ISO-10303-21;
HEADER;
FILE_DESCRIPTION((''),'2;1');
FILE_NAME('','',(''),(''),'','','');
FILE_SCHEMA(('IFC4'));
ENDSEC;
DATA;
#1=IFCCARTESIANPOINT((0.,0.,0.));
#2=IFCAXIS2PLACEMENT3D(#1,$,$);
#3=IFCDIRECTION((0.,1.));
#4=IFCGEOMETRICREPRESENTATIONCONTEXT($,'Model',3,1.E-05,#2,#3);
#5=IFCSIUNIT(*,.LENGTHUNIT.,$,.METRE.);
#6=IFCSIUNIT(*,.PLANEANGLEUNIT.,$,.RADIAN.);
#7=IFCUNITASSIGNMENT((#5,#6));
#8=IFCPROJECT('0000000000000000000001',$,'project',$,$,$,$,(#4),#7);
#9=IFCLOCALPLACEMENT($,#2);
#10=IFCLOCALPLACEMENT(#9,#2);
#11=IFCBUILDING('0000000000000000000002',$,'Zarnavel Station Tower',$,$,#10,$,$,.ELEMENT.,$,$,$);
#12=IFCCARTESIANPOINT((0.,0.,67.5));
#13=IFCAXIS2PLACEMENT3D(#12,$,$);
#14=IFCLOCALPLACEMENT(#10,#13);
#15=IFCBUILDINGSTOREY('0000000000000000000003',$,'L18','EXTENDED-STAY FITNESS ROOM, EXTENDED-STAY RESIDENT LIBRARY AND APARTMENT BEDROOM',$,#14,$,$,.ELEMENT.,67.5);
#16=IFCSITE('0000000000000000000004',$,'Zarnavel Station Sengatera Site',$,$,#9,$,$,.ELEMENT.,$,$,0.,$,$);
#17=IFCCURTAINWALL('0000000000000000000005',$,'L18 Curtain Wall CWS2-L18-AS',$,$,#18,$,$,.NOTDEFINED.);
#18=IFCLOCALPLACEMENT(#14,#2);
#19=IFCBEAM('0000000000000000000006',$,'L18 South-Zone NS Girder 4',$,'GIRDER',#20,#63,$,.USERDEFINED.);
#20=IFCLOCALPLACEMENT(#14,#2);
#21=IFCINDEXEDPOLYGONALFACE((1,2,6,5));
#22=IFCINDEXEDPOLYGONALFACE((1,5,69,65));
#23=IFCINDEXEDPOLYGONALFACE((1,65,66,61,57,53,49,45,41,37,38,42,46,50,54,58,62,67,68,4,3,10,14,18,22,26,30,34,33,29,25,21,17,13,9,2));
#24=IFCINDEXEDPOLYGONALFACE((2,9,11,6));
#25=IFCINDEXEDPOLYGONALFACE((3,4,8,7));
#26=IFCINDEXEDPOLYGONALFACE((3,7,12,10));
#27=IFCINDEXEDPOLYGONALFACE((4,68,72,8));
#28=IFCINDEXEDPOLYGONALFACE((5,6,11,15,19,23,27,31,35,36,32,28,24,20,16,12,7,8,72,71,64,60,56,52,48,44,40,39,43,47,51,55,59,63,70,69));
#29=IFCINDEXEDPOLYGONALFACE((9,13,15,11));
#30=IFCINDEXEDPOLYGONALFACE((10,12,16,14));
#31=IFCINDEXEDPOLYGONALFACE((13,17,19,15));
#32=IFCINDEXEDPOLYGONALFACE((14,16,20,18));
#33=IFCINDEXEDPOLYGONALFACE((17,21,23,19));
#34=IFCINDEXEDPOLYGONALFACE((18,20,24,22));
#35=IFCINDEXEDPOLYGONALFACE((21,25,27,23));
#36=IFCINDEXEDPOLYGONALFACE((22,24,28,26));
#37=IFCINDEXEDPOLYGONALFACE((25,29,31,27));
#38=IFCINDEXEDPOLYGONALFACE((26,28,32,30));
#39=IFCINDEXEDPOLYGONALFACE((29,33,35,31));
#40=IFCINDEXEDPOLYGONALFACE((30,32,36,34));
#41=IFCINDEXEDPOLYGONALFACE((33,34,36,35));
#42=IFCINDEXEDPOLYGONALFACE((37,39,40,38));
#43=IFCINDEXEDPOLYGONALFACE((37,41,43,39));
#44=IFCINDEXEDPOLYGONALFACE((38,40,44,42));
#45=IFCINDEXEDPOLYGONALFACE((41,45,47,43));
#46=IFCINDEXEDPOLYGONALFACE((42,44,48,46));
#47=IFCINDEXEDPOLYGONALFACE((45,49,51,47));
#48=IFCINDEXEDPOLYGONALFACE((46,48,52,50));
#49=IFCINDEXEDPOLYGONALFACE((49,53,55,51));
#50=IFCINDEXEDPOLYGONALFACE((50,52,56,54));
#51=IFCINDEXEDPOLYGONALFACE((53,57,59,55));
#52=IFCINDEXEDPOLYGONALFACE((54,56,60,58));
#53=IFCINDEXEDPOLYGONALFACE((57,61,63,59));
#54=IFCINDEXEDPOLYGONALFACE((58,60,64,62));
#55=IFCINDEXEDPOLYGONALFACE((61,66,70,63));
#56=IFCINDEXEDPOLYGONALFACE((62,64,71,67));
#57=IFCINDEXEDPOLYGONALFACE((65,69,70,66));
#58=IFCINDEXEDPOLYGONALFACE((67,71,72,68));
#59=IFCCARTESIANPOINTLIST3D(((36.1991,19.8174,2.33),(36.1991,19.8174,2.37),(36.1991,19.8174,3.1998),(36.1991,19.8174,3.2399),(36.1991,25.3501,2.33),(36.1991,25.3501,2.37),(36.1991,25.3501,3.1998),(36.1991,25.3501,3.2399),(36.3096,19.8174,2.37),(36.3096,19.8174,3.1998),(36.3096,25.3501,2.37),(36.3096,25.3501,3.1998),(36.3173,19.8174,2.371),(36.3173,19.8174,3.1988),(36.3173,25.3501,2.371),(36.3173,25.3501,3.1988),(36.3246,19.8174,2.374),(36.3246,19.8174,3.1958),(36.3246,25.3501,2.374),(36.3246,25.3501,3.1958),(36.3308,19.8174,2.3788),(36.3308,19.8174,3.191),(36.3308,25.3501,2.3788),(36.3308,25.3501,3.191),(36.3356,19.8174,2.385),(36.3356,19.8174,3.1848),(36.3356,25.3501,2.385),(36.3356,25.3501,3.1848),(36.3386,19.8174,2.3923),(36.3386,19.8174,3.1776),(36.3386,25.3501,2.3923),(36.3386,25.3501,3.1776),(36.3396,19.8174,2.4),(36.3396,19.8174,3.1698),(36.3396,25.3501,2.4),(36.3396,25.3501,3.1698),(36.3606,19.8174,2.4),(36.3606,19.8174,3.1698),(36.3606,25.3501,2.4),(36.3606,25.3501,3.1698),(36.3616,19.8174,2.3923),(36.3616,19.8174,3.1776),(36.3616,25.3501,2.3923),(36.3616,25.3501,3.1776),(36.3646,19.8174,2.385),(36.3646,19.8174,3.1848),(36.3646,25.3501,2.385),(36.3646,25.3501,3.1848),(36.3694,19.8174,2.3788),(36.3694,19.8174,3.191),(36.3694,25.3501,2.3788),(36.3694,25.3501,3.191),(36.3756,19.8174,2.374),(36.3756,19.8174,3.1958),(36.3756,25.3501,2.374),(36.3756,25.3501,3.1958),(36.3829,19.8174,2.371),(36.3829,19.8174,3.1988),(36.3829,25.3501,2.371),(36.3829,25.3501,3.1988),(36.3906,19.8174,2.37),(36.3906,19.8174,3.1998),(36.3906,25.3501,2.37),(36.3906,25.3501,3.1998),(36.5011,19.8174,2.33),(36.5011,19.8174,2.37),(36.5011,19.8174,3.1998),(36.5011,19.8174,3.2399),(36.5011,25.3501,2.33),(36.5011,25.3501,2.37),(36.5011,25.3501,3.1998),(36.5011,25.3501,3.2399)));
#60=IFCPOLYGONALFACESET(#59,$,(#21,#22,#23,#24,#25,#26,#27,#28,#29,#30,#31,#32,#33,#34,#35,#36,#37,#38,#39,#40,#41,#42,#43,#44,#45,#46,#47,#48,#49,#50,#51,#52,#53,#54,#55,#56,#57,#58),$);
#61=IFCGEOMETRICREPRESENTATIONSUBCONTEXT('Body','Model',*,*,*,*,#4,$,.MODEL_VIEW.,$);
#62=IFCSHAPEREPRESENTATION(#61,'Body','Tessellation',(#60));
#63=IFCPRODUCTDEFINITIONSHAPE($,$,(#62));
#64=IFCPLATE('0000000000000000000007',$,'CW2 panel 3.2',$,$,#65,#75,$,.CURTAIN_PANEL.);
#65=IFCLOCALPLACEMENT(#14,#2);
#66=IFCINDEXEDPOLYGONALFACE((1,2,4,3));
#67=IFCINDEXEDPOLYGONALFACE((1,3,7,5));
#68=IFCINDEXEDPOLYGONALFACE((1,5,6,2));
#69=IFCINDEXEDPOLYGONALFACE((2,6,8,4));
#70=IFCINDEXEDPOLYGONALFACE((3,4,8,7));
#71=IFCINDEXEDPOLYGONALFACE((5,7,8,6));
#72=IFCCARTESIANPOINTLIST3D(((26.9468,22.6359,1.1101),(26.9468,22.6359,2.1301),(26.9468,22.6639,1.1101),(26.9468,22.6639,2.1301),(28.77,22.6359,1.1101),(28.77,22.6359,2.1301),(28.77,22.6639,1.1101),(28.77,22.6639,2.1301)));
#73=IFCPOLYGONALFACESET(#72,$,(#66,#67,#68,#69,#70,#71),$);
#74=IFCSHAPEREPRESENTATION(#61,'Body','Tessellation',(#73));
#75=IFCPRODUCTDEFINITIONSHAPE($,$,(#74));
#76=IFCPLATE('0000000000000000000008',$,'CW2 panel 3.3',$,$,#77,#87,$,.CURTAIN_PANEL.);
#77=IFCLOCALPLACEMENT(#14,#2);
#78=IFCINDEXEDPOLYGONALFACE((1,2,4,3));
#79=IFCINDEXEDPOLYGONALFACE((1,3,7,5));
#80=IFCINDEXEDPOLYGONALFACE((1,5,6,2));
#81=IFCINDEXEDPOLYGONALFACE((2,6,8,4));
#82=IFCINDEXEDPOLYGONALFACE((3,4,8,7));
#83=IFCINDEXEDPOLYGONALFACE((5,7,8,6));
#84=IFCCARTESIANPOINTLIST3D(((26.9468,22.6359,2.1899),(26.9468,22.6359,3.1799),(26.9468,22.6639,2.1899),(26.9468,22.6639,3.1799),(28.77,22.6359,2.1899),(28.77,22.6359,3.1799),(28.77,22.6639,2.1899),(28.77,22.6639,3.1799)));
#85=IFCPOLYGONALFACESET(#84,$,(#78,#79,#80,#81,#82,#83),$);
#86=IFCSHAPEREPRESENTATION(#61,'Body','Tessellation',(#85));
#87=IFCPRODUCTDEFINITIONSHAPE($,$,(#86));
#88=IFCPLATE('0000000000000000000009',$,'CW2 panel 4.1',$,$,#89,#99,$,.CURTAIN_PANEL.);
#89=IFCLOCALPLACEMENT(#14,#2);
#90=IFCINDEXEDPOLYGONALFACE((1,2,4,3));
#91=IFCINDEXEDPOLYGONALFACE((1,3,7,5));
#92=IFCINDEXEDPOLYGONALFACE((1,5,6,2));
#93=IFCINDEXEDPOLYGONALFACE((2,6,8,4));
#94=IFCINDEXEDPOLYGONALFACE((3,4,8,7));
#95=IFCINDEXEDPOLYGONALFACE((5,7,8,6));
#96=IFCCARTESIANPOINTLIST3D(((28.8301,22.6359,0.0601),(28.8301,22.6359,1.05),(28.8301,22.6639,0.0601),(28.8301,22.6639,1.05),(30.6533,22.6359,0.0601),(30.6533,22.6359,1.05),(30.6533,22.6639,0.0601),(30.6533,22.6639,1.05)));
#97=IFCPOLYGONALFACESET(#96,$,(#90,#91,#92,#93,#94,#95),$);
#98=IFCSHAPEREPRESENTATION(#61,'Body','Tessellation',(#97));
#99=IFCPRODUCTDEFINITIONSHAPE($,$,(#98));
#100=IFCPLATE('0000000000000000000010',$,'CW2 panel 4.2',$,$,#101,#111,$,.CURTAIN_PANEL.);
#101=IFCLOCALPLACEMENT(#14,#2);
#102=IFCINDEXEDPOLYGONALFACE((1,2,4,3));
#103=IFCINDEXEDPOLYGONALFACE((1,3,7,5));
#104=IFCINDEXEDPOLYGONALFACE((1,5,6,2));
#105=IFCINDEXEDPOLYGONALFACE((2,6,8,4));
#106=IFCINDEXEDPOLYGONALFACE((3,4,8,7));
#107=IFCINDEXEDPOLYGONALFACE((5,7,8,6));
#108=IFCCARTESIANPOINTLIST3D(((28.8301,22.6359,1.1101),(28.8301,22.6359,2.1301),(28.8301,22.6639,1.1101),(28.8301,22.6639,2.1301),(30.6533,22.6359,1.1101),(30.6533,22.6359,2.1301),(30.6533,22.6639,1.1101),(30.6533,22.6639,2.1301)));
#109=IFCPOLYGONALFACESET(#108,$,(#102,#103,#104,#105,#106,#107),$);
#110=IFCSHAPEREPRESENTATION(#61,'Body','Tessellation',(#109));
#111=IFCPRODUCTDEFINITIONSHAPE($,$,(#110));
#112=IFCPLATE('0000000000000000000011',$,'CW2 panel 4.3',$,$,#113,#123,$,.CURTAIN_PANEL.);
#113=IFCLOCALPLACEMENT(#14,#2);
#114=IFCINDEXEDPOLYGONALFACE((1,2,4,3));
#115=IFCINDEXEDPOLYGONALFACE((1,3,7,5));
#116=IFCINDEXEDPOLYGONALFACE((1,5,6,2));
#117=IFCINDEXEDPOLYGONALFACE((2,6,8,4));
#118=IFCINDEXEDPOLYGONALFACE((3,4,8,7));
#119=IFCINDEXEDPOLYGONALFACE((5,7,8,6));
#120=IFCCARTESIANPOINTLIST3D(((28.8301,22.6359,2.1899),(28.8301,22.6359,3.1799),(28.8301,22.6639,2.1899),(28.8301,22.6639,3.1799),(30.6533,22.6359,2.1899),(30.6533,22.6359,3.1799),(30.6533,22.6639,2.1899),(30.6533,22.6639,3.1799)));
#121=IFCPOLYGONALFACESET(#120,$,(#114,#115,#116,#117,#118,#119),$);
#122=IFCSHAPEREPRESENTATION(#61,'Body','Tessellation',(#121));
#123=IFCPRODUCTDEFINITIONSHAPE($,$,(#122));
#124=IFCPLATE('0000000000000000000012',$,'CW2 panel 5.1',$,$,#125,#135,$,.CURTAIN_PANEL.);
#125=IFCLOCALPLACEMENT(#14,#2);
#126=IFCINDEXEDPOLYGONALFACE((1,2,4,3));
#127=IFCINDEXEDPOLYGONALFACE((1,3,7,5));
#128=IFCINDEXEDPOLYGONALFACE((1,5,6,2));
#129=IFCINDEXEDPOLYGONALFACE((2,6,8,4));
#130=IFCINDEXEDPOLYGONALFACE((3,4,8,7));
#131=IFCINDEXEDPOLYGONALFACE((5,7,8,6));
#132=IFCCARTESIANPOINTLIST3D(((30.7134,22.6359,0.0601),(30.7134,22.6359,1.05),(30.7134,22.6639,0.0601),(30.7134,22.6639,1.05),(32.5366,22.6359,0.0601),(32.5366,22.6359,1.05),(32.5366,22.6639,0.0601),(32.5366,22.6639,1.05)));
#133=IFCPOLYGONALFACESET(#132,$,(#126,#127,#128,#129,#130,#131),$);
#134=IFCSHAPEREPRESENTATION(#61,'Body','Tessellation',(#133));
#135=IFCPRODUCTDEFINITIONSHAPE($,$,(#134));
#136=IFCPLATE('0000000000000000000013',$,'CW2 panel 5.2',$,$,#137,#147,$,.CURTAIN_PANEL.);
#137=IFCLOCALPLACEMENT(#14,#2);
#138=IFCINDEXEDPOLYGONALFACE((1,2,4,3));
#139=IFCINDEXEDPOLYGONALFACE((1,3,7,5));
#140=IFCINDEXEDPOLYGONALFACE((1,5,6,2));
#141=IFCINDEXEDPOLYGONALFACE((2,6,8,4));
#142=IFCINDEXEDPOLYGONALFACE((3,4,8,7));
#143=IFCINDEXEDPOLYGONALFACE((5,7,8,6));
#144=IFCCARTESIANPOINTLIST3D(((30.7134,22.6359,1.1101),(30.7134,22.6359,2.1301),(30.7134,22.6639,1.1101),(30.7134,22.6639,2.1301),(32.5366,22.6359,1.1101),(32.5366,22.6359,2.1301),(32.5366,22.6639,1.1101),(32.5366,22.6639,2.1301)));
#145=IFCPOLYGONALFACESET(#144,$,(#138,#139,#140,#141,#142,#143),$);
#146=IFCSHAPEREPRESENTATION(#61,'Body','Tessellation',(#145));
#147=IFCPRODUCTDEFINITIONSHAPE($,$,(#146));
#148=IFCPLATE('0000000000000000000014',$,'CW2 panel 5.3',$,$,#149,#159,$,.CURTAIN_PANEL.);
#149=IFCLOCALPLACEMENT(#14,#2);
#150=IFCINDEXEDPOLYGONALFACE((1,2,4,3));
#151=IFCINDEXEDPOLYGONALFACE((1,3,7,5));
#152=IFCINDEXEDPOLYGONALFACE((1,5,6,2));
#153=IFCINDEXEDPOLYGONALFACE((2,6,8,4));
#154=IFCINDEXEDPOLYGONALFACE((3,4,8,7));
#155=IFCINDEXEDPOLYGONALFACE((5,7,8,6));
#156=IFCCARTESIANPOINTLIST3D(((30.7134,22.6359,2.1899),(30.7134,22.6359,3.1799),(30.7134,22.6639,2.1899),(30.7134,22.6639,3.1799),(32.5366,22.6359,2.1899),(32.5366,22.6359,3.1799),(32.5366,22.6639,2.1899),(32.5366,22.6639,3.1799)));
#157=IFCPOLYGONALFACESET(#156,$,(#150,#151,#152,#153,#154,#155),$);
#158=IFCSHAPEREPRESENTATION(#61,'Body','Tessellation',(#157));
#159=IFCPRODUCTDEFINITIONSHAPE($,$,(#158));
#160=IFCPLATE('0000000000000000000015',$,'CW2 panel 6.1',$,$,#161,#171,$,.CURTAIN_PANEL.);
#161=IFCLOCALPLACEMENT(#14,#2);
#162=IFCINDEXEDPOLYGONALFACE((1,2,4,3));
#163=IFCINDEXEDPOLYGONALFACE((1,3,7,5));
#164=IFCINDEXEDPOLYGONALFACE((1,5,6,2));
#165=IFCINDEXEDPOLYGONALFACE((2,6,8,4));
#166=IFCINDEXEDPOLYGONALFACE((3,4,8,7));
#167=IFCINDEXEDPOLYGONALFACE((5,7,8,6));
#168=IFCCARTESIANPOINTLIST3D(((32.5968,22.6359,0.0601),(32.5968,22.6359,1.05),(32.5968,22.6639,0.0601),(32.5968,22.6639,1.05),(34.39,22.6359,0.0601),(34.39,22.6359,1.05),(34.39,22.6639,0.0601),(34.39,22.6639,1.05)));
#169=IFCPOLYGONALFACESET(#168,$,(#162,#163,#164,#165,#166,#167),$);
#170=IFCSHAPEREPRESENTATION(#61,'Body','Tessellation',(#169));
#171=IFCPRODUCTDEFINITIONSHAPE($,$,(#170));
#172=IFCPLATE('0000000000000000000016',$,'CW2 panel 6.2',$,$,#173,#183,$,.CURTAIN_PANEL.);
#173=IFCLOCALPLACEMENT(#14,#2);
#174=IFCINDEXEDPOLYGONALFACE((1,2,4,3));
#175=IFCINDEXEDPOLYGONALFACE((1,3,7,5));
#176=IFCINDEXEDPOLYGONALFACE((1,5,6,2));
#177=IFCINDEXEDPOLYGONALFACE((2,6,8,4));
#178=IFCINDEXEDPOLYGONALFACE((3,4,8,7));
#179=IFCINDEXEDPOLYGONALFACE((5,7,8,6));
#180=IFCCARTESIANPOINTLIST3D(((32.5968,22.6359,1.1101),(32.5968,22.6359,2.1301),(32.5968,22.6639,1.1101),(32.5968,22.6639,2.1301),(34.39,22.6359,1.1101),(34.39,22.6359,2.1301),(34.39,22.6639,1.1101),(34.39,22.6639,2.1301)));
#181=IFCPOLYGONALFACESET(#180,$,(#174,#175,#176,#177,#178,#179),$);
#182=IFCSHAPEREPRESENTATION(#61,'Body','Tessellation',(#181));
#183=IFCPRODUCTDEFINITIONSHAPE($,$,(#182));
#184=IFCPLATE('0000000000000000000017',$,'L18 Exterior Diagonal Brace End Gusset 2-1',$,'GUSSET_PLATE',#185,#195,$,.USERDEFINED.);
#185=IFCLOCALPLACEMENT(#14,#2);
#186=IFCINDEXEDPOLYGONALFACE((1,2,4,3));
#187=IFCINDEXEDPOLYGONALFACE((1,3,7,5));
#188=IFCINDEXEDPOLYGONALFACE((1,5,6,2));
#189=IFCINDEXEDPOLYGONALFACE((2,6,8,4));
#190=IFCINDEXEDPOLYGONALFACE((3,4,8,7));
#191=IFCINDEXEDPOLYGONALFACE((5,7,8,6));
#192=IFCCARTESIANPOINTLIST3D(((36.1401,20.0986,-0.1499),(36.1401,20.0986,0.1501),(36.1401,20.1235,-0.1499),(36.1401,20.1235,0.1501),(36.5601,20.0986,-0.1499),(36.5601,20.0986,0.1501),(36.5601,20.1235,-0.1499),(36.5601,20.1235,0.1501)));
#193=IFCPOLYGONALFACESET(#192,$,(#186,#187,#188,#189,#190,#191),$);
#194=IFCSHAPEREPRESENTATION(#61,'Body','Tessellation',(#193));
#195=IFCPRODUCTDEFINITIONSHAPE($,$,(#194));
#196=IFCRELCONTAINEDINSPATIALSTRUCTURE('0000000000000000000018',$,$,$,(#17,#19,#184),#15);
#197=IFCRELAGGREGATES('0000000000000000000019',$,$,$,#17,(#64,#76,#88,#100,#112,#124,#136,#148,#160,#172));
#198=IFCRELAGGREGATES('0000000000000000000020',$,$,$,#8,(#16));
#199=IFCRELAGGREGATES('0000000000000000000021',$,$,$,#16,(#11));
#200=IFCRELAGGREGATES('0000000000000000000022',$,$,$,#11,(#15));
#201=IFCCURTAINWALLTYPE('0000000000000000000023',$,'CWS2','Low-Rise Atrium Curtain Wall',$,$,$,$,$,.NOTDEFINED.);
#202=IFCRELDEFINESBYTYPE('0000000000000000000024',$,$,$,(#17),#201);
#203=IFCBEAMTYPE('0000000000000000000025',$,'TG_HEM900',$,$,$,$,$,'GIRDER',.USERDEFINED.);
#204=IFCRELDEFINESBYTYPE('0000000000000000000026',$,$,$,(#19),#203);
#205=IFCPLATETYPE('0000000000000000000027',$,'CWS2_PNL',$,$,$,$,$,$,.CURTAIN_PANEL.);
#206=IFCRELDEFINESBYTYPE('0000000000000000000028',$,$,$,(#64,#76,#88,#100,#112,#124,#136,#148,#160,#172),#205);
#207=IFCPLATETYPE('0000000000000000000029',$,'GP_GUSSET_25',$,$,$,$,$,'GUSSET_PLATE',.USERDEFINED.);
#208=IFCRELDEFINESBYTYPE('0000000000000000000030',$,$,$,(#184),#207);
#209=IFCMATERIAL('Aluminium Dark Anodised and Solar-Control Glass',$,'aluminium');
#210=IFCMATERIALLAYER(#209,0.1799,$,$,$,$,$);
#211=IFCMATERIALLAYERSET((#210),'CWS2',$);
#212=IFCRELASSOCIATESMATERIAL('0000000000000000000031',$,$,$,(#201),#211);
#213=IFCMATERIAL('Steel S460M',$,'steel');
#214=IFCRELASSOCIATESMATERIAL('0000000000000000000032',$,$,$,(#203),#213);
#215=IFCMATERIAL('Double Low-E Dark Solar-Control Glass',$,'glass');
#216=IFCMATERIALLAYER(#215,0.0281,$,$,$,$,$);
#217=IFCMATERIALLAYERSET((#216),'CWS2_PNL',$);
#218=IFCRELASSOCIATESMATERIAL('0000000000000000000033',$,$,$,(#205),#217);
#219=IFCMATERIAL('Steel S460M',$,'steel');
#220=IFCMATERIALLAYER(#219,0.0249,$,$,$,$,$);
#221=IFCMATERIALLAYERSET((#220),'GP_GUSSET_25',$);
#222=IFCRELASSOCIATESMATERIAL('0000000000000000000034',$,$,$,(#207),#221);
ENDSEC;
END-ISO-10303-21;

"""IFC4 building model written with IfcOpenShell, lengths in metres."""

from ifc_helpers import new_model, si_unit, direction, frame, origin, origin_2d, place, context, subcontext, project, spatial, rectangle, i_section, extrude, material, layer, layer_set, material_profile, profile_set, type_object, element, aggregate, save


model = new_model("IFC4")

# Units and contexts
model_context = context("Model", 3, precision=1e-05, world=origin(), true_north=direction((0.0, 1.0)))
body_context = subcontext(model_context, "Body", "Model", "MODEL_VIEW")
ifc_project = project(units=[si_unit("LENGTHUNIT", "METRE"), si_unit("PLANEANGLEUNIT", "RADIAN")], contexts=[model_context])

# Site, building, storey
site_placement = place(None, origin())
site = spatial("IfcSite", under=ifc_project, at=site_placement, Name="Zarnavel Station Sengatera Site", CompositionType="ELEMENT", RefElevation=0.0)
building_placement = place(site_placement, origin())
building = spatial("IfcBuilding", under=site, at=building_placement, Name="Zarnavel Station Tower", CompositionType="ELEMENT")
storey_placement = place(building_placement, frame((0.0, 0.0, 67.5)))
storey = spatial("IfcBuildingStorey", under=building, at=storey_placement, Name="L18", Description="EXTENDED-STAY FITNESS ROOM, EXTENDED-STAY RESIDENT LIBRARY AND APARTMENT BEDROOM", CompositionType="ELEMENT", Elevation=67.5)

# Curtain wall
ifc_material_1 = material(Name="Aluminium Dark Anodised and Solar-Control Glass", Category="aluminium")
ifc_layer_1 = layer(ifc_material_1, 0.1799)
ifc_layer_set_1 = layer_set([ifc_layer_1], Name="CWS2")
curtain_wall_type = type_object("IfcCurtainWallType", Name="CWS2", Description="Low-Rise Atrium Curtain Wall", PredefinedType="NOTDEFINED", material=ifc_layer_set_1)
curtain_wall_placement = place(storey_placement, origin())
curtain_wall = element("IfcCurtainWall", 1, at=curtain_wall_placement, inside=storey, type_object=curtain_wall_type, Name="L18 Curtain Wall CWS2-L18-AS", PredefinedType="NOTDEFINED")

# Beam
ifc_material_2 = material(Name="Steel S460M", Category="steel")
ifc_material_profile_1 = material_profile(ifc_material_2, i_section(OverallWidth=0.302, OverallDepth=0.9099, WebThickness=0.021, FlangeThickness=0.04, FilletRadius=0.03, at=origin_2d()), Name="HEM900")
ifc_profile_set_1 = profile_set([ifc_material_profile_1], Name="Steel S460M")
beam_type_1 = type_object("IfcBeamType", Name="TG_HEM900", ElementType="GIRDER", PredefinedType="USERDEFINED", material=ifc_profile_set_1)
beam_1_placement = place(storey_placement, frame((36.3501, 19.8174, 2.7849), z_axis=(0.0, 1.0, 0.0), x_axis=(-1.0, 0.0, 0.0)))
element("IfcBeam", 2, at=beam_1_placement, inside=storey, type_object=beam_type_1, Name="L18 South-Zone NS Girder 4", ObjectType="GIRDER", PredefinedType="USERDEFINED", context=body_context, shape_type="SweptSolid", body=[
    extrude(i_section(OverallWidth=0.302, OverallDepth=0.9099, WebThickness=0.021, FlangeThickness=0.04, FilletRadius=0.03, at=origin_2d()), origin(), (0.0, 0.0, 1.0), 5.5327),
])

# Plates
ifc_material_3 = material(Name="Double Low-E Dark Solar-Control Glass", Category="glass")
ifc_layer_2 = layer(ifc_material_3, 0.0281)
ifc_layer_set_2 = layer_set([ifc_layer_2], Name="CWS2_PNL")
plate_type_1 = type_object("IfcPlateType", Name="CWS2_PNL", PredefinedType="CURTAIN_PANEL", material=ifc_layer_set_2)
plate_1_placement = place(storey_placement, frame((27.8584, 22.6499, 1.1101), z_axis=(0.0, 0.0, 1.0), x_axis=(1.0, 0.0, 0.0)))
plate_1 = element("IfcPlate", 3, at=plate_1_placement, type_object=plate_type_1, Name="CW2 panel 3.2", PredefinedType="CURTAIN_PANEL", context=body_context, shape_type="SweptSolid", body=[
    extrude(rectangle(XDim=1.8232, YDim=0.0281, at=origin_2d()), origin(), (0.0, 0.0, 1.0), 1.02),
])
plate_2_placement = place(storey_placement, frame((27.8584, 22.6499, 2.1899), z_axis=(0.0, 0.0, 1.0), x_axis=(1.0, 0.0, 0.0)))
plate_2 = element("IfcPlate", 4, at=plate_2_placement, type_object=plate_type_1, Name="CW2 panel 3.3", PredefinedType="CURTAIN_PANEL", context=body_context, shape_type="SweptSolid", body=[
    extrude(rectangle(XDim=1.8232, YDim=0.0281, at=origin_2d()), origin(), (0.0, 0.0, 1.0), 0.99),
])
plate_3_placement = place(storey_placement, frame((29.7417, 22.6499, 0.0601), z_axis=(0.0, 0.0, 1.0), x_axis=(1.0, 0.0, 0.0)))
plate_3 = element("IfcPlate", 5, at=plate_3_placement, type_object=plate_type_1, Name="CW2 panel 4.1", PredefinedType="CURTAIN_PANEL", context=body_context, shape_type="SweptSolid", body=[
    extrude(rectangle(XDim=1.8232, YDim=0.0281, at=origin_2d()), origin(), (0.0, 0.0, 1.0), 0.99),
])
plate_4_placement = place(storey_placement, frame((29.7417, 22.6499, 1.1101), z_axis=(0.0, 0.0, 1.0), x_axis=(1.0, 0.0, 0.0)))
plate_4 = element("IfcPlate", 6, at=plate_4_placement, type_object=plate_type_1, Name="CW2 panel 4.2", PredefinedType="CURTAIN_PANEL", context=body_context, shape_type="SweptSolid", body=[
    extrude(rectangle(XDim=1.8232, YDim=0.0281, at=origin_2d()), origin(), (0.0, 0.0, 1.0), 1.02),
])
plate_5_placement = place(storey_placement, frame((29.7417, 22.6499, 2.1899), z_axis=(0.0, 0.0, 1.0), x_axis=(1.0, 0.0, 0.0)))
plate_5 = element("IfcPlate", 7, at=plate_5_placement, type_object=plate_type_1, Name="CW2 panel 4.3", PredefinedType="CURTAIN_PANEL", context=body_context, shape_type="SweptSolid", body=[
    extrude(rectangle(XDim=1.8232, YDim=0.0281, at=origin_2d()), origin(), (0.0, 0.0, 1.0), 0.99),
])
plate_6_placement = place(storey_placement, frame((31.625, 22.6499, 0.0601), z_axis=(0.0, 0.0, 1.0), x_axis=(1.0, 0.0, 0.0)))
plate_6 = element("IfcPlate", 8, at=plate_6_placement, type_object=plate_type_1, Name="CW2 panel 5.1", PredefinedType="CURTAIN_PANEL", context=body_context, shape_type="SweptSolid", body=[
    extrude(rectangle(XDim=1.8232, YDim=0.0281, at=origin_2d()), origin(), (0.0, 0.0, 1.0), 0.99),
])
plate_7_placement = place(storey_placement, frame((31.625, 22.6499, 1.1101), z_axis=(0.0, 0.0, 1.0), x_axis=(1.0, 0.0, 0.0)))
plate_7 = element("IfcPlate", 9, at=plate_7_placement, type_object=plate_type_1, Name="CW2 panel 5.2", PredefinedType="CURTAIN_PANEL", context=body_context, shape_type="SweptSolid", body=[
    extrude(rectangle(XDim=1.8232, YDim=0.0281, at=origin_2d()), origin(), (0.0, 0.0, 1.0), 1.02),
])
plate_8_placement = place(storey_placement, frame((31.625, 22.6499, 2.1899), z_axis=(0.0, 0.0, 1.0), x_axis=(1.0, 0.0, 0.0)))
plate_8 = element("IfcPlate", 10, at=plate_8_placement, type_object=plate_type_1, Name="CW2 panel 5.3", PredefinedType="CURTAIN_PANEL", context=body_context, shape_type="SweptSolid", body=[
    extrude(rectangle(XDim=1.8232, YDim=0.0281, at=origin_2d()), origin(), (0.0, 0.0, 1.0), 0.99),
])
plate_9_placement = place(storey_placement, frame((33.4934, 22.6499, 0.0601), z_axis=(0.0, 0.0, 1.0), x_axis=(1.0, 0.0, 0.0)))
plate_9 = element("IfcPlate", 11, at=plate_9_placement, type_object=plate_type_1, Name="CW2 panel 6.1", PredefinedType="CURTAIN_PANEL", context=body_context, shape_type="SweptSolid", body=[
    extrude(rectangle(XDim=1.7932, YDim=0.0281, at=origin_2d()), origin(), (0.0, 0.0, 1.0), 0.99),
])
plate_10_placement = place(storey_placement, frame((33.4934, 22.6499, 1.1101), z_axis=(0.0, 0.0, 1.0), x_axis=(1.0, 0.0, 0.0)))
plate_10 = element("IfcPlate", 12, at=plate_10_placement, type_object=plate_type_1, Name="CW2 panel 6.2", PredefinedType="CURTAIN_PANEL", context=body_context, shape_type="SweptSolid", body=[
    extrude(rectangle(XDim=1.7932, YDim=0.0281, at=origin_2d()), origin(), (0.0, 0.0, 1.0), 1.02),
])
aggregate(curtain_wall, [plate_1, plate_2, plate_3, plate_4, plate_5, plate_6, plate_7, plate_8, plate_9, plate_10])
ifc_material_4 = material(Name="Steel S460M", Category="steel")
ifc_layer_3 = layer(ifc_material_4, 0.0249)
ifc_layer_set_3 = layer_set([ifc_layer_3], Name="GP_GUSSET_25")
plate_type_2 = type_object("IfcPlateType", Name="GP_GUSSET_25", ElementType="GUSSET_PLATE", PredefinedType="USERDEFINED", material=ifc_layer_set_3)
plate_11_placement = place(storey_placement, frame((36.3501, 20.1111, -0.1499), z_axis=(0.0, 0.0, 1.0), x_axis=(1.0, 0.0, 0.0)))
element("IfcPlate", 13, at=plate_11_placement, inside=storey, type_object=plate_type_2, Name="L18 Exterior Diagonal Brace End Gusset 2-1", ObjectType="GUSSET_PLATE", PredefinedType="USERDEFINED", context=body_context, shape_type="SweptSolid", body=[
    extrude(rectangle(XDim=0.4199, YDim=0.0249, at=origin_2d()), origin(), (0.0, 0.0, 1.0), 0.3),
])

save(model, "model.ifc")
